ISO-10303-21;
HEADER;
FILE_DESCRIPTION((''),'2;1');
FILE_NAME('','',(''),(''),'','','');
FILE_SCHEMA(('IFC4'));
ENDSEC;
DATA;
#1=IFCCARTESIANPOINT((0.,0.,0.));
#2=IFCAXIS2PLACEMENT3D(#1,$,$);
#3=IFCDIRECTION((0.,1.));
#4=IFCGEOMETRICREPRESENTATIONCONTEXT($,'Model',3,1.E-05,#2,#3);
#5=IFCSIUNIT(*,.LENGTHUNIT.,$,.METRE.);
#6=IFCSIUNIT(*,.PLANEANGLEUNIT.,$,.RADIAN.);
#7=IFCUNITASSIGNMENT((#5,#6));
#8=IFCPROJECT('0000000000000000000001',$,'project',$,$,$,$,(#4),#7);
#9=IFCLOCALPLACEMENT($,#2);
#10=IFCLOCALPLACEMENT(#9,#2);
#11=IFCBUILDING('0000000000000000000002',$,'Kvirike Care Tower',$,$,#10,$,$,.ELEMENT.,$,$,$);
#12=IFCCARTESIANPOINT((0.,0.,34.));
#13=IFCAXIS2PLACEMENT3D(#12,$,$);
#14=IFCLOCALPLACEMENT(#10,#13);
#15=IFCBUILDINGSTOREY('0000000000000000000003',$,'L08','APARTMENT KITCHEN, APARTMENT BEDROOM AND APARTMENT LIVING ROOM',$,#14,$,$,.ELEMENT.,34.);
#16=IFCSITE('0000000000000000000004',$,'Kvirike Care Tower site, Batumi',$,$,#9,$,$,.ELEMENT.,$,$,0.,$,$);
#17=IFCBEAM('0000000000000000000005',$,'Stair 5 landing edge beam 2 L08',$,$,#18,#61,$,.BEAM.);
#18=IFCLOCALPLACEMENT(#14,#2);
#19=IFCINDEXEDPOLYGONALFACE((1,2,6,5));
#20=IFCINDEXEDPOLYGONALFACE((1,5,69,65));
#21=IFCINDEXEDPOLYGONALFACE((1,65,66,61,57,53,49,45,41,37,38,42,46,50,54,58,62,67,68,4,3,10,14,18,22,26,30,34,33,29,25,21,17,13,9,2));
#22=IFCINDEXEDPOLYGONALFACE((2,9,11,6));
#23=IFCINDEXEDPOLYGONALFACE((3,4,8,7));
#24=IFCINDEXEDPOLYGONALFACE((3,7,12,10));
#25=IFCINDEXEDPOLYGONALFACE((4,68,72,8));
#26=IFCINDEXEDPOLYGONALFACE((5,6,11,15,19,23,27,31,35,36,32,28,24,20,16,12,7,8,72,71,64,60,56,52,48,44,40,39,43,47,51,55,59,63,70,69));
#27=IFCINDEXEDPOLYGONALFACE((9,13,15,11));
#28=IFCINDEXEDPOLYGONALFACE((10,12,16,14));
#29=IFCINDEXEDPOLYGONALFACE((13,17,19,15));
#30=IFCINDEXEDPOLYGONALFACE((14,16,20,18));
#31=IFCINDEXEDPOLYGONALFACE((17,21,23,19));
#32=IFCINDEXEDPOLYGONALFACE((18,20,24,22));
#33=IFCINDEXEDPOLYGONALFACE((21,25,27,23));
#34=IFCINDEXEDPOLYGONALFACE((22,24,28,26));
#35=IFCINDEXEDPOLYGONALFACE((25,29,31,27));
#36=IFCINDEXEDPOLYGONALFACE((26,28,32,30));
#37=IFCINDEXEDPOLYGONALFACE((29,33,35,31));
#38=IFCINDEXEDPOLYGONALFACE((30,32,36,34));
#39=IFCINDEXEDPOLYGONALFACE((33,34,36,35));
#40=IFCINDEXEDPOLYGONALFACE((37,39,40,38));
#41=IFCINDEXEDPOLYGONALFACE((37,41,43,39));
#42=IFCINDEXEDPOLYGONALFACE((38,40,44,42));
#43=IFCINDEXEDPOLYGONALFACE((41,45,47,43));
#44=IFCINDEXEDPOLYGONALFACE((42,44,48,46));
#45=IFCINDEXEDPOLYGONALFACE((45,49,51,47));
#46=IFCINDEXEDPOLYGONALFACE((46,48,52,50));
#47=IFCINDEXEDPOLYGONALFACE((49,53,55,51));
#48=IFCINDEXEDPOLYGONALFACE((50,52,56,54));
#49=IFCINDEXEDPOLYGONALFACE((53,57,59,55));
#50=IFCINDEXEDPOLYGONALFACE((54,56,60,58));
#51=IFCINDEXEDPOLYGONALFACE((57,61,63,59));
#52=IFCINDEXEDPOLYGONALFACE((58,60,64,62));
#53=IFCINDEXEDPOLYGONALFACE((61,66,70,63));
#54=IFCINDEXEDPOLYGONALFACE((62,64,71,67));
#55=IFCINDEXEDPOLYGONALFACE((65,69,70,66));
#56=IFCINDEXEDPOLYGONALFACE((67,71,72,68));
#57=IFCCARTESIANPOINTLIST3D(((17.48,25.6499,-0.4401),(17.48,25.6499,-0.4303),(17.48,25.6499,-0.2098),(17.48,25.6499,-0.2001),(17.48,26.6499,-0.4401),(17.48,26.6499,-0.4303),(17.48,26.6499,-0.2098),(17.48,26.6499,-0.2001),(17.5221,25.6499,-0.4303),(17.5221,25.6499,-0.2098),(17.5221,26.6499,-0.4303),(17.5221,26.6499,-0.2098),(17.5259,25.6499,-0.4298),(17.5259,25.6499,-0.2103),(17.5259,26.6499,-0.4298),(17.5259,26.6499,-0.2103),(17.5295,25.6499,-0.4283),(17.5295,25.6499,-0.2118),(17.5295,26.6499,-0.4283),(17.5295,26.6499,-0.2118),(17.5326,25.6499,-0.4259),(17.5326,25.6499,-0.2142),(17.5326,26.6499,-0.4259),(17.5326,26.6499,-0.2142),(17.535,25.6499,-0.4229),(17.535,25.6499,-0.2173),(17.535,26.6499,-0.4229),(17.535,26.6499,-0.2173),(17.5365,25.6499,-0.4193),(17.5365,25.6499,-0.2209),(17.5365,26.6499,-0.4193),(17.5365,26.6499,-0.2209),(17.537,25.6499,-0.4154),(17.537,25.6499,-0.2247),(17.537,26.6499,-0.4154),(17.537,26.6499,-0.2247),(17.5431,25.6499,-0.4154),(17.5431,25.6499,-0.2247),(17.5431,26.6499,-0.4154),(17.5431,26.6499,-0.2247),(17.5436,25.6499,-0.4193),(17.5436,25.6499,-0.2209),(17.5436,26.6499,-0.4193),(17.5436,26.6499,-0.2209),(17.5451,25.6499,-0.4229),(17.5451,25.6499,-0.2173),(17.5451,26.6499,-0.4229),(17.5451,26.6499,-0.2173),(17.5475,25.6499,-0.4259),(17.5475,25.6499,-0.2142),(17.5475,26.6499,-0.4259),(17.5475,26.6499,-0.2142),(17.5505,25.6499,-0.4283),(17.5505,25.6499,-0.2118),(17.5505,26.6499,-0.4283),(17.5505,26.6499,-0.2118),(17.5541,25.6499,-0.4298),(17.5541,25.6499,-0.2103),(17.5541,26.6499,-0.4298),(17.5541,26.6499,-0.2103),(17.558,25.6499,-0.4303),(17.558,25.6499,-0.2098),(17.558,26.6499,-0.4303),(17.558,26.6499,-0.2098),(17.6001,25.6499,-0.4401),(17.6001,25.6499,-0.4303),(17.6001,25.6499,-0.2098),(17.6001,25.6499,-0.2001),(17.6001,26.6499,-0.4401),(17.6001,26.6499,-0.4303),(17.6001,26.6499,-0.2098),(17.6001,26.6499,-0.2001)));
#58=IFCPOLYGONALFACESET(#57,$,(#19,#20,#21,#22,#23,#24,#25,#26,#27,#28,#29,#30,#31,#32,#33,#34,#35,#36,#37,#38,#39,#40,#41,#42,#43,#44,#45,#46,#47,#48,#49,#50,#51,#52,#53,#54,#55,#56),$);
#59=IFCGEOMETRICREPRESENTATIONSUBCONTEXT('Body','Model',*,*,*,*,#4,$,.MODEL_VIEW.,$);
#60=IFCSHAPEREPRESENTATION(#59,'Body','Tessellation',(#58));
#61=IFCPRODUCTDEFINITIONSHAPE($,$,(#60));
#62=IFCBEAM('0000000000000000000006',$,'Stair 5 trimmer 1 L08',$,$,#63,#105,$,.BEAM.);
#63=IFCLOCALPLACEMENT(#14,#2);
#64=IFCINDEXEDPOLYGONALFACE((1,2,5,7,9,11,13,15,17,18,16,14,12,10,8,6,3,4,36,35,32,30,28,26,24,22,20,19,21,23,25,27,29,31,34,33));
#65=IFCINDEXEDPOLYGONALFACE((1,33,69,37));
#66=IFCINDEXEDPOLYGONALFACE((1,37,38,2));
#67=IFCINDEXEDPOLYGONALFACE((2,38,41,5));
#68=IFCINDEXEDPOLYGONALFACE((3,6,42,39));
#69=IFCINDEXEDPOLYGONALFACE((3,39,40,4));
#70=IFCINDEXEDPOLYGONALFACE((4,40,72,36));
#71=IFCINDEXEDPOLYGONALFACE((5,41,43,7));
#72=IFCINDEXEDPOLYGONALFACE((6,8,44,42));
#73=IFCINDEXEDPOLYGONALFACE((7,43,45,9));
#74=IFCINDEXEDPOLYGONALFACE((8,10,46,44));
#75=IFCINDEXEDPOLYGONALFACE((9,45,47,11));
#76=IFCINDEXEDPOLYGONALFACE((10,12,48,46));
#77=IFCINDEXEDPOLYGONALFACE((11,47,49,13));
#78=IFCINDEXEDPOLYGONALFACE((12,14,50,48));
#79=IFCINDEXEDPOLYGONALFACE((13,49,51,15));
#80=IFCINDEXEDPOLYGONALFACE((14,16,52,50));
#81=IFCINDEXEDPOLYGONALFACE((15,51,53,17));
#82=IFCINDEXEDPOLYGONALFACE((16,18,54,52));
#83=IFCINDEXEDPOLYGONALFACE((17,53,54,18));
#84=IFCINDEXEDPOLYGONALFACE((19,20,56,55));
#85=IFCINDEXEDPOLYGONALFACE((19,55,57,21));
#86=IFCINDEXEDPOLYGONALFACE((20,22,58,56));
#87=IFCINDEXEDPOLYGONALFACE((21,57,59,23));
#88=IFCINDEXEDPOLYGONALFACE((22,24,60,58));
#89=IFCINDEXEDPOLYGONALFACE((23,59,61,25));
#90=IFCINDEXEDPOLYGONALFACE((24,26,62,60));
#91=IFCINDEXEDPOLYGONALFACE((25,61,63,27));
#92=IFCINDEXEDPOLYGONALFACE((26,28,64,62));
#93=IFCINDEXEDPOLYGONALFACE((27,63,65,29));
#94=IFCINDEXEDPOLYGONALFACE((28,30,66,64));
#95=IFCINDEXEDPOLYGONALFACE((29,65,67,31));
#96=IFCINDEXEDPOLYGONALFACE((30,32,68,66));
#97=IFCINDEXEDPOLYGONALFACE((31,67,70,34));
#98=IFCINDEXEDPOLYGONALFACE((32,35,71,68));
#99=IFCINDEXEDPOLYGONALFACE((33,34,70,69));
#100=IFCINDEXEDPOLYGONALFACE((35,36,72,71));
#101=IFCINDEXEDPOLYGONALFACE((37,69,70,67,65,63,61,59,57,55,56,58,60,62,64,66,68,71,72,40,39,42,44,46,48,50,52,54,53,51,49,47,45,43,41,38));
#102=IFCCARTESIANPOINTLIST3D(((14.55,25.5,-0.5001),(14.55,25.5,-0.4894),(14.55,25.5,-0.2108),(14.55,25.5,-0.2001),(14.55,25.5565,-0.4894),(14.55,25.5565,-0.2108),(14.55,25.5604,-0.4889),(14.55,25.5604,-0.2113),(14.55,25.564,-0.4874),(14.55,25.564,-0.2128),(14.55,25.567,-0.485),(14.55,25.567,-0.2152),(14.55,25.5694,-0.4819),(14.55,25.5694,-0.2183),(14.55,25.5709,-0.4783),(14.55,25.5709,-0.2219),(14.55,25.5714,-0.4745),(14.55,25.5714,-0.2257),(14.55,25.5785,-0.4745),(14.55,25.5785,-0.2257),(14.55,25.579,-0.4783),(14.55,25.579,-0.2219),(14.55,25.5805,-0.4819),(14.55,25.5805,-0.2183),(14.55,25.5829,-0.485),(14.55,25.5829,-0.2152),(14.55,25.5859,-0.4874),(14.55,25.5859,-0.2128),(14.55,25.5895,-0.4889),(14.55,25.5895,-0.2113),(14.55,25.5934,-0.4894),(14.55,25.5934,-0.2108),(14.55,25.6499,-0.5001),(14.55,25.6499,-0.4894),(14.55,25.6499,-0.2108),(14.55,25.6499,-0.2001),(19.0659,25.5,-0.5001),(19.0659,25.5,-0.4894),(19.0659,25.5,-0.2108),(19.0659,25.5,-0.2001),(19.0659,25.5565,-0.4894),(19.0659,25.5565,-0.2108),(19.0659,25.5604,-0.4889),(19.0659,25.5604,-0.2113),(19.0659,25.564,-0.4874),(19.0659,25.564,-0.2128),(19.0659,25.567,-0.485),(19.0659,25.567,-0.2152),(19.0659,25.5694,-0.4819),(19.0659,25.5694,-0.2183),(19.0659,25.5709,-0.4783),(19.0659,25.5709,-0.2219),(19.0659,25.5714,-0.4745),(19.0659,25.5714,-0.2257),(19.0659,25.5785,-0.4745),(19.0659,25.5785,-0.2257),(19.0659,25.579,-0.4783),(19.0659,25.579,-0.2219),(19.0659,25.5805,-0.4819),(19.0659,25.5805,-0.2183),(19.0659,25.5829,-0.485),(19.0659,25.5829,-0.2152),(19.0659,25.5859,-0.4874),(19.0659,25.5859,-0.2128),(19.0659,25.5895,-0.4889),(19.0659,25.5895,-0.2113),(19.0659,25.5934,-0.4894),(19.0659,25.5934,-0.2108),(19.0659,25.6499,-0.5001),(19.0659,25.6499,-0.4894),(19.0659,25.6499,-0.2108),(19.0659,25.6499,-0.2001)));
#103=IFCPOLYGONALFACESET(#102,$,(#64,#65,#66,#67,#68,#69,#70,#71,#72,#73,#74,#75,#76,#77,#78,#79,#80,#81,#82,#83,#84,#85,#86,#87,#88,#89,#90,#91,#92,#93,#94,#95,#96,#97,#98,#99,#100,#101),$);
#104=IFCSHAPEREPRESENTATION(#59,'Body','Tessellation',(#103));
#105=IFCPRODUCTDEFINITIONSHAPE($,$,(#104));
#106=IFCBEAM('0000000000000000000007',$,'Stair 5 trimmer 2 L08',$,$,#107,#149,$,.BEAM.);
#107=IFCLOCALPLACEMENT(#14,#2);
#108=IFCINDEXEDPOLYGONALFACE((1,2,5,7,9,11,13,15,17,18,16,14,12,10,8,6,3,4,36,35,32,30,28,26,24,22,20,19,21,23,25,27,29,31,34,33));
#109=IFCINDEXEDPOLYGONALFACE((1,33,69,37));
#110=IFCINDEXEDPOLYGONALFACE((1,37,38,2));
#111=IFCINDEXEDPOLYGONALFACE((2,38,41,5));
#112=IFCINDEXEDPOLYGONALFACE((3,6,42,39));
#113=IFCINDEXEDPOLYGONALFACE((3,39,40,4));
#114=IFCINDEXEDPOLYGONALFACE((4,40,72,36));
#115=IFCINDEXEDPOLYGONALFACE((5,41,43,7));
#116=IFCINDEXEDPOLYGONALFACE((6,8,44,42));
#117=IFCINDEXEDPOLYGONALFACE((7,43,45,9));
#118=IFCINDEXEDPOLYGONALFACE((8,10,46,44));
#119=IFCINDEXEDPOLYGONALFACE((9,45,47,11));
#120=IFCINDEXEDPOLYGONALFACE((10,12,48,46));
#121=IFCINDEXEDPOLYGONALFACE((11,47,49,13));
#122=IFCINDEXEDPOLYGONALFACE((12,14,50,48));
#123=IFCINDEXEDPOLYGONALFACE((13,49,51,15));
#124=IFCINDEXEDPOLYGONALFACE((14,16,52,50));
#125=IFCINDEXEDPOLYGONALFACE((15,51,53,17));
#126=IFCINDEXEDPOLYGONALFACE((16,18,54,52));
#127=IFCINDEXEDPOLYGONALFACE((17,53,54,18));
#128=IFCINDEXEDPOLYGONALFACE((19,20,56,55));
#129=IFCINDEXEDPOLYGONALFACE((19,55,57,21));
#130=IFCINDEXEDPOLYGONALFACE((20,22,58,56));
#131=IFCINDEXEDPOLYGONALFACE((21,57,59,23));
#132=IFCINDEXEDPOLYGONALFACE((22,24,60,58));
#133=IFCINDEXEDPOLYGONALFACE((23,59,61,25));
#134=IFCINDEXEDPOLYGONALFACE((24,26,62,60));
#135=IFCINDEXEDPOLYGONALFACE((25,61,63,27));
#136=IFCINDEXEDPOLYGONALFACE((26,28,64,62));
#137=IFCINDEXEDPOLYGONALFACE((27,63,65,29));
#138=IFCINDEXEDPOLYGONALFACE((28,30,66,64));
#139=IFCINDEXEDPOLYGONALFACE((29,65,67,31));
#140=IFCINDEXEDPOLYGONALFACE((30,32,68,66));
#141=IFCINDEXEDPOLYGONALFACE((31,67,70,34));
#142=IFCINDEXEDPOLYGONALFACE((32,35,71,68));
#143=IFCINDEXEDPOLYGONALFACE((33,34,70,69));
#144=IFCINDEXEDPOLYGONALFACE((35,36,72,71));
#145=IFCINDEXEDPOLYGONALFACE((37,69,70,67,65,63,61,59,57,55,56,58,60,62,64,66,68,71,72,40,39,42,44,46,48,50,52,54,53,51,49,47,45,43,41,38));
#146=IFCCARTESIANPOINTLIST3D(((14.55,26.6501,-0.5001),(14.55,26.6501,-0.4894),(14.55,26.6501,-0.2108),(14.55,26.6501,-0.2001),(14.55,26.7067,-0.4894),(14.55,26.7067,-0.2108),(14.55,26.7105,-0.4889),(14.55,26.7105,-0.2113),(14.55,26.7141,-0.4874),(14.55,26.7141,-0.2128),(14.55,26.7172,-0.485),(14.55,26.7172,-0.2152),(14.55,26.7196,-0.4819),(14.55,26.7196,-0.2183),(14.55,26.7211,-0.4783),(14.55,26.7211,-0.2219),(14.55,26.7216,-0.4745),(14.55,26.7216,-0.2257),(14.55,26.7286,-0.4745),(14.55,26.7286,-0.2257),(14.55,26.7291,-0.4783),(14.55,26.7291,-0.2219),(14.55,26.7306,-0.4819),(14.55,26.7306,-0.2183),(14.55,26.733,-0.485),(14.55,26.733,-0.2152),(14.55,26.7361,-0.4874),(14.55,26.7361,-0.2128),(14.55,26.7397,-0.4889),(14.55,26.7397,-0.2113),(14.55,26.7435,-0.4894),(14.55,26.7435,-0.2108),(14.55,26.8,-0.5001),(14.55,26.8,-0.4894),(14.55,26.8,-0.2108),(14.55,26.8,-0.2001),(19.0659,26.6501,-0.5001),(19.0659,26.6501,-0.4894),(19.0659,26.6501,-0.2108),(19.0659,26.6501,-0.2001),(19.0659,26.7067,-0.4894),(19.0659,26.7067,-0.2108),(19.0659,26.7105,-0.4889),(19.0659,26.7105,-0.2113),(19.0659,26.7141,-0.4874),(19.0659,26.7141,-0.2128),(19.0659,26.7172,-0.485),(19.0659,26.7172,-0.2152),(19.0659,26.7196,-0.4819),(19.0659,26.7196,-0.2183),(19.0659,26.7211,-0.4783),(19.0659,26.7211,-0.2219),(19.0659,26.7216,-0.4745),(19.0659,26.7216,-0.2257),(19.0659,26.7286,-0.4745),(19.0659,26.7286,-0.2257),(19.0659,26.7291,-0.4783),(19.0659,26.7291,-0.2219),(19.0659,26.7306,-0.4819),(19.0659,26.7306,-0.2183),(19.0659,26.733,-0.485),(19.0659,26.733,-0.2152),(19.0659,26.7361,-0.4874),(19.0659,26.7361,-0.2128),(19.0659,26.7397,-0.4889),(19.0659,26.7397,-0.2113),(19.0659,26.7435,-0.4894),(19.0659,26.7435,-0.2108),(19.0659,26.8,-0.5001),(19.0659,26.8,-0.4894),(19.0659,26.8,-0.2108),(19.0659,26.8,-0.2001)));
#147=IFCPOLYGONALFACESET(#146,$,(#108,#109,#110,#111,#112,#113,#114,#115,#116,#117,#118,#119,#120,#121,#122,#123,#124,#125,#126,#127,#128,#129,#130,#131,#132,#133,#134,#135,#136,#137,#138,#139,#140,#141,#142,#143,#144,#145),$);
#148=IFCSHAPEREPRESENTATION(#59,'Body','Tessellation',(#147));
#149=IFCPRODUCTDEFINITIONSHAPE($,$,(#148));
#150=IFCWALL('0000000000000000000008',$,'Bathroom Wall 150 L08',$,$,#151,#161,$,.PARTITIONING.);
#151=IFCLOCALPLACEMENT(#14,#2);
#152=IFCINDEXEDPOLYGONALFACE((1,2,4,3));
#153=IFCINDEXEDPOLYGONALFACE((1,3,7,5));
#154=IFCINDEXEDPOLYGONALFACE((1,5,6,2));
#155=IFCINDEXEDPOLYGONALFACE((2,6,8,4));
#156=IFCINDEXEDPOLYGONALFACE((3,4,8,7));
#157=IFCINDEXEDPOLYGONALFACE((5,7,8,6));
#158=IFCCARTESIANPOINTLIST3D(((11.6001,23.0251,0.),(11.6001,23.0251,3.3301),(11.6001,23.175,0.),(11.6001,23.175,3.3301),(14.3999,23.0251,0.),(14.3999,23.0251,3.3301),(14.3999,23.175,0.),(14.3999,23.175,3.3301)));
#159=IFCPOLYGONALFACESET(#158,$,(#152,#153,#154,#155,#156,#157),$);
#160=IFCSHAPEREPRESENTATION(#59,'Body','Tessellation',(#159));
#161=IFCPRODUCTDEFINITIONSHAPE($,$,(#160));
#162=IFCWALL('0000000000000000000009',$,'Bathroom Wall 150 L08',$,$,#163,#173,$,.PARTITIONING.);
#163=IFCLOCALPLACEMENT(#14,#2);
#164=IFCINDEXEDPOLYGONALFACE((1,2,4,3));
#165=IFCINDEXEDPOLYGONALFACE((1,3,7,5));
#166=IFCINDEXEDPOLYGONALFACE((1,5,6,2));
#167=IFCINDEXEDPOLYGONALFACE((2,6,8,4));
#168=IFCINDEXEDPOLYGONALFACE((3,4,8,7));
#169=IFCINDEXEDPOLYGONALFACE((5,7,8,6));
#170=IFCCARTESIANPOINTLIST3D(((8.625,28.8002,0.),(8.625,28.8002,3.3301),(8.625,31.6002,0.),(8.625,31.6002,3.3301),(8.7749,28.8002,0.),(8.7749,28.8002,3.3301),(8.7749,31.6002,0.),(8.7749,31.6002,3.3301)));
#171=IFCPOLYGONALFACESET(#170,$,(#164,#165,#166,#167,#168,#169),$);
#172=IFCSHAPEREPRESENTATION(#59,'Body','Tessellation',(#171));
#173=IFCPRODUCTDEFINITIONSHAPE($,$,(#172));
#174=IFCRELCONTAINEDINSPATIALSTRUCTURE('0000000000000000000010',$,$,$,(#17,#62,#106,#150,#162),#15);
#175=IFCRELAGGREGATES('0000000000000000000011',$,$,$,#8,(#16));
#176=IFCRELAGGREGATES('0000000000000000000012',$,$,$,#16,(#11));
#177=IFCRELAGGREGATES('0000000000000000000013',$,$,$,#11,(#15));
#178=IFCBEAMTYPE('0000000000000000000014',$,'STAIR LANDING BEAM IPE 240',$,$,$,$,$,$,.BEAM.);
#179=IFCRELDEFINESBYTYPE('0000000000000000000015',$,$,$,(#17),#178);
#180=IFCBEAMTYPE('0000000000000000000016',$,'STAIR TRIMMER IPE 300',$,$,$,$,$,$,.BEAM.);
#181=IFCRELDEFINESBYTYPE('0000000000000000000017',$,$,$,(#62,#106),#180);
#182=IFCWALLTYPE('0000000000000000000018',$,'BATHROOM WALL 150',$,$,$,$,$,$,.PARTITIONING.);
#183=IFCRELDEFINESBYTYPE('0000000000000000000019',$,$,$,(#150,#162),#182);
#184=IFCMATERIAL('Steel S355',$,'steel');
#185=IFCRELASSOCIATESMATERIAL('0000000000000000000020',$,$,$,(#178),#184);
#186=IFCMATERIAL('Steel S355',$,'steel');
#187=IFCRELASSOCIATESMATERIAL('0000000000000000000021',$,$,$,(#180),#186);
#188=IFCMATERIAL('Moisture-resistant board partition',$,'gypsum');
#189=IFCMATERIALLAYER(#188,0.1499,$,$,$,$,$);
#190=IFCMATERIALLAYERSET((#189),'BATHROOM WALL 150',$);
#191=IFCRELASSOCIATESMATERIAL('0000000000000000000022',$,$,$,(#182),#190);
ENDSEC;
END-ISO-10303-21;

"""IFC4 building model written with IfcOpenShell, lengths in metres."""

from ifc_helpers import new_model, si_unit, direction, frame, frame_2d, origin, origin_2d, place, context, subcontext, project, spatial, rectangle, i_section, extrude, material, layer, layer_set, material_profile, profile_set, type_object, element, save


model = new_model("IFC4")

# Units and contexts
model_context = context("Model", 3, precision=1e-05, world=origin(), true_north=direction((0.0, 1.0)))
body_context = subcontext(model_context, "Body", "Model", "MODEL_VIEW")
ifc_project = project(units=[si_unit("LENGTHUNIT", "METRE"), si_unit("PLANEANGLEUNIT", "RADIAN")], contexts=[model_context])

# Site, building, storey
site_placement = place(None, origin())
site = spatial("IfcSite", under=ifc_project, at=site_placement, Name="Kvirike Care Tower site, Batumi", CompositionType="ELEMENT", RefElevation=0.0)
building_placement = place(site_placement, origin())
building = spatial("IfcBuilding", under=site, at=building_placement, Name="Kvirike Care Tower", CompositionType="ELEMENT")
storey_placement = place(building_placement, frame((0.0, 0.0, 34.0)))
storey = spatial("IfcBuildingStorey", under=building, at=storey_placement, Name="L08", Description="APARTMENT KITCHEN, APARTMENT BEDROOM AND APARTMENT LIVING ROOM", CompositionType="ELEMENT", Elevation=34.0)

# Beams
ifc_material_1 = material(Name="Steel S355", Category="steel")
ifc_material_profile_1 = material_profile(ifc_material_1, i_section(OverallWidth=0.1201, OverallDepth=0.24, WebThickness=0.0061, FlangeThickness=0.0098, FilletRadius=0.0149, at=origin_2d()), Name="IPE 240")
ifc_profile_set_1 = profile_set([ifc_material_profile_1], Name="Steel S355")
beam_type_1 = type_object("IfcBeamType", Name="STAIR LANDING BEAM IPE 240", PredefinedType="BEAM", material=ifc_profile_set_1)
for number, where, z_axis, x_axis, name in (
    (1, (17.54, 25.6499, -0.3201), (0.0, 1.0, 0.0), (-1.0, 0.0, 0.0), "Stair 5 landing edge beam 2 L08"),
):
    element("IfcBeam", number, at=place(storey_placement, frame(where, z_axis=z_axis, x_axis=x_axis)), inside=storey, type_object=beam_type_1, Name=name, PredefinedType="BEAM", context=body_context, shape_type="SweptSolid", body=[
        extrude(i_section(OverallWidth=0.1201, OverallDepth=0.24, WebThickness=0.0061, FlangeThickness=0.0098, FilletRadius=0.0149, at=origin_2d()), origin(), (0.0, 0.0, 1.0), 1.0),
    ])
ifc_material_2 = material(Name="Steel S355", Category="steel")
ifc_material_profile_2 = material_profile(ifc_material_2, i_section(OverallWidth=0.1499, OverallDepth=0.3, WebThickness=0.0071, FlangeThickness=0.0107, FilletRadius=0.0149, at=origin_2d()), Name="IPE 300")
ifc_profile_set_2 = profile_set([ifc_material_profile_2], Name="Steel S355")
beam_type_2 = type_object("IfcBeamType", Name="STAIR TRIMMER IPE 300", PredefinedType="BEAM", material=ifc_profile_set_2)
for number, where, z_axis, x_axis, name in (
    (2, (14.55, 25.575, -0.3501), (1.0, 0.0, 0.0), (0.0, 1.0, 0.0), "Stair 5 trimmer 1 L08"),
    (3, (14.55, 26.7251, -0.3501), (1.0, 0.0, 0.0), (0.0, 1.0, 0.0), "Stair 5 trimmer 2 L08"),
):
    element("IfcBeam", number, at=place(storey_placement, frame(where, z_axis=z_axis, x_axis=x_axis)), inside=storey, type_object=beam_type_2, Name=name, PredefinedType="BEAM", context=body_context, shape_type="SweptSolid", body=[
        extrude(i_section(OverallWidth=0.1499, OverallDepth=0.3, WebThickness=0.0071, FlangeThickness=0.0107, FilletRadius=0.0149, at=origin_2d()), origin(), (0.0, 0.0, 1.0), 4.5159),
    ])

# Walls
ifc_material_3 = material(Name="Moisture-resistant board partition", Category="gypsum")
ifc_layer_1 = layer(ifc_material_3, 0.1499)
ifc_layer_set_1 = layer_set([ifc_layer_1], Name="BATHROOM WALL 150")
wall_type_1 = type_object("IfcWallType", Name="BATHROOM WALL 150", PredefinedType="PARTITIONING", material=ifc_layer_set_1)
wall_1_placement = place(storey_placement, frame((11.6001, 23.1001, 0.0), z_axis=(0.0, 0.0, 1.0), x_axis=(1.0, 0.0, 0.0)))
element("IfcWall", 4, at=wall_1_placement, inside=storey, type_object=wall_type_1, Name="Bathroom Wall 150 L08", PredefinedType="PARTITIONING", context=body_context, shape_type="SweptSolid", body=[
    extrude(rectangle(XDim=2.7998, YDim=0.1499, at=frame_2d((1.3999, 0.0))), origin(), (0.0, 0.0, 1.0), 3.3301),
])
wall_2_placement = place(storey_placement, frame((8.7, 31.6001, 0.0), z_axis=(0.0, 0.0, 1.0), x_axis=(0.0, -1.0, 0.0)))
element("IfcWall", 5, at=wall_2_placement, inside=storey, type_object=wall_type_1, Name="Bathroom Wall 150 L08", PredefinedType="PARTITIONING", context=body_context, shape_type="SweptSolid", body=[
    extrude(rectangle(XDim=2.8, YDim=0.1499, at=frame_2d((1.3999, 0.0))), origin(), (0.0, 0.0, 1.0), 3.3301),
])

save(model, "model.ifc")
